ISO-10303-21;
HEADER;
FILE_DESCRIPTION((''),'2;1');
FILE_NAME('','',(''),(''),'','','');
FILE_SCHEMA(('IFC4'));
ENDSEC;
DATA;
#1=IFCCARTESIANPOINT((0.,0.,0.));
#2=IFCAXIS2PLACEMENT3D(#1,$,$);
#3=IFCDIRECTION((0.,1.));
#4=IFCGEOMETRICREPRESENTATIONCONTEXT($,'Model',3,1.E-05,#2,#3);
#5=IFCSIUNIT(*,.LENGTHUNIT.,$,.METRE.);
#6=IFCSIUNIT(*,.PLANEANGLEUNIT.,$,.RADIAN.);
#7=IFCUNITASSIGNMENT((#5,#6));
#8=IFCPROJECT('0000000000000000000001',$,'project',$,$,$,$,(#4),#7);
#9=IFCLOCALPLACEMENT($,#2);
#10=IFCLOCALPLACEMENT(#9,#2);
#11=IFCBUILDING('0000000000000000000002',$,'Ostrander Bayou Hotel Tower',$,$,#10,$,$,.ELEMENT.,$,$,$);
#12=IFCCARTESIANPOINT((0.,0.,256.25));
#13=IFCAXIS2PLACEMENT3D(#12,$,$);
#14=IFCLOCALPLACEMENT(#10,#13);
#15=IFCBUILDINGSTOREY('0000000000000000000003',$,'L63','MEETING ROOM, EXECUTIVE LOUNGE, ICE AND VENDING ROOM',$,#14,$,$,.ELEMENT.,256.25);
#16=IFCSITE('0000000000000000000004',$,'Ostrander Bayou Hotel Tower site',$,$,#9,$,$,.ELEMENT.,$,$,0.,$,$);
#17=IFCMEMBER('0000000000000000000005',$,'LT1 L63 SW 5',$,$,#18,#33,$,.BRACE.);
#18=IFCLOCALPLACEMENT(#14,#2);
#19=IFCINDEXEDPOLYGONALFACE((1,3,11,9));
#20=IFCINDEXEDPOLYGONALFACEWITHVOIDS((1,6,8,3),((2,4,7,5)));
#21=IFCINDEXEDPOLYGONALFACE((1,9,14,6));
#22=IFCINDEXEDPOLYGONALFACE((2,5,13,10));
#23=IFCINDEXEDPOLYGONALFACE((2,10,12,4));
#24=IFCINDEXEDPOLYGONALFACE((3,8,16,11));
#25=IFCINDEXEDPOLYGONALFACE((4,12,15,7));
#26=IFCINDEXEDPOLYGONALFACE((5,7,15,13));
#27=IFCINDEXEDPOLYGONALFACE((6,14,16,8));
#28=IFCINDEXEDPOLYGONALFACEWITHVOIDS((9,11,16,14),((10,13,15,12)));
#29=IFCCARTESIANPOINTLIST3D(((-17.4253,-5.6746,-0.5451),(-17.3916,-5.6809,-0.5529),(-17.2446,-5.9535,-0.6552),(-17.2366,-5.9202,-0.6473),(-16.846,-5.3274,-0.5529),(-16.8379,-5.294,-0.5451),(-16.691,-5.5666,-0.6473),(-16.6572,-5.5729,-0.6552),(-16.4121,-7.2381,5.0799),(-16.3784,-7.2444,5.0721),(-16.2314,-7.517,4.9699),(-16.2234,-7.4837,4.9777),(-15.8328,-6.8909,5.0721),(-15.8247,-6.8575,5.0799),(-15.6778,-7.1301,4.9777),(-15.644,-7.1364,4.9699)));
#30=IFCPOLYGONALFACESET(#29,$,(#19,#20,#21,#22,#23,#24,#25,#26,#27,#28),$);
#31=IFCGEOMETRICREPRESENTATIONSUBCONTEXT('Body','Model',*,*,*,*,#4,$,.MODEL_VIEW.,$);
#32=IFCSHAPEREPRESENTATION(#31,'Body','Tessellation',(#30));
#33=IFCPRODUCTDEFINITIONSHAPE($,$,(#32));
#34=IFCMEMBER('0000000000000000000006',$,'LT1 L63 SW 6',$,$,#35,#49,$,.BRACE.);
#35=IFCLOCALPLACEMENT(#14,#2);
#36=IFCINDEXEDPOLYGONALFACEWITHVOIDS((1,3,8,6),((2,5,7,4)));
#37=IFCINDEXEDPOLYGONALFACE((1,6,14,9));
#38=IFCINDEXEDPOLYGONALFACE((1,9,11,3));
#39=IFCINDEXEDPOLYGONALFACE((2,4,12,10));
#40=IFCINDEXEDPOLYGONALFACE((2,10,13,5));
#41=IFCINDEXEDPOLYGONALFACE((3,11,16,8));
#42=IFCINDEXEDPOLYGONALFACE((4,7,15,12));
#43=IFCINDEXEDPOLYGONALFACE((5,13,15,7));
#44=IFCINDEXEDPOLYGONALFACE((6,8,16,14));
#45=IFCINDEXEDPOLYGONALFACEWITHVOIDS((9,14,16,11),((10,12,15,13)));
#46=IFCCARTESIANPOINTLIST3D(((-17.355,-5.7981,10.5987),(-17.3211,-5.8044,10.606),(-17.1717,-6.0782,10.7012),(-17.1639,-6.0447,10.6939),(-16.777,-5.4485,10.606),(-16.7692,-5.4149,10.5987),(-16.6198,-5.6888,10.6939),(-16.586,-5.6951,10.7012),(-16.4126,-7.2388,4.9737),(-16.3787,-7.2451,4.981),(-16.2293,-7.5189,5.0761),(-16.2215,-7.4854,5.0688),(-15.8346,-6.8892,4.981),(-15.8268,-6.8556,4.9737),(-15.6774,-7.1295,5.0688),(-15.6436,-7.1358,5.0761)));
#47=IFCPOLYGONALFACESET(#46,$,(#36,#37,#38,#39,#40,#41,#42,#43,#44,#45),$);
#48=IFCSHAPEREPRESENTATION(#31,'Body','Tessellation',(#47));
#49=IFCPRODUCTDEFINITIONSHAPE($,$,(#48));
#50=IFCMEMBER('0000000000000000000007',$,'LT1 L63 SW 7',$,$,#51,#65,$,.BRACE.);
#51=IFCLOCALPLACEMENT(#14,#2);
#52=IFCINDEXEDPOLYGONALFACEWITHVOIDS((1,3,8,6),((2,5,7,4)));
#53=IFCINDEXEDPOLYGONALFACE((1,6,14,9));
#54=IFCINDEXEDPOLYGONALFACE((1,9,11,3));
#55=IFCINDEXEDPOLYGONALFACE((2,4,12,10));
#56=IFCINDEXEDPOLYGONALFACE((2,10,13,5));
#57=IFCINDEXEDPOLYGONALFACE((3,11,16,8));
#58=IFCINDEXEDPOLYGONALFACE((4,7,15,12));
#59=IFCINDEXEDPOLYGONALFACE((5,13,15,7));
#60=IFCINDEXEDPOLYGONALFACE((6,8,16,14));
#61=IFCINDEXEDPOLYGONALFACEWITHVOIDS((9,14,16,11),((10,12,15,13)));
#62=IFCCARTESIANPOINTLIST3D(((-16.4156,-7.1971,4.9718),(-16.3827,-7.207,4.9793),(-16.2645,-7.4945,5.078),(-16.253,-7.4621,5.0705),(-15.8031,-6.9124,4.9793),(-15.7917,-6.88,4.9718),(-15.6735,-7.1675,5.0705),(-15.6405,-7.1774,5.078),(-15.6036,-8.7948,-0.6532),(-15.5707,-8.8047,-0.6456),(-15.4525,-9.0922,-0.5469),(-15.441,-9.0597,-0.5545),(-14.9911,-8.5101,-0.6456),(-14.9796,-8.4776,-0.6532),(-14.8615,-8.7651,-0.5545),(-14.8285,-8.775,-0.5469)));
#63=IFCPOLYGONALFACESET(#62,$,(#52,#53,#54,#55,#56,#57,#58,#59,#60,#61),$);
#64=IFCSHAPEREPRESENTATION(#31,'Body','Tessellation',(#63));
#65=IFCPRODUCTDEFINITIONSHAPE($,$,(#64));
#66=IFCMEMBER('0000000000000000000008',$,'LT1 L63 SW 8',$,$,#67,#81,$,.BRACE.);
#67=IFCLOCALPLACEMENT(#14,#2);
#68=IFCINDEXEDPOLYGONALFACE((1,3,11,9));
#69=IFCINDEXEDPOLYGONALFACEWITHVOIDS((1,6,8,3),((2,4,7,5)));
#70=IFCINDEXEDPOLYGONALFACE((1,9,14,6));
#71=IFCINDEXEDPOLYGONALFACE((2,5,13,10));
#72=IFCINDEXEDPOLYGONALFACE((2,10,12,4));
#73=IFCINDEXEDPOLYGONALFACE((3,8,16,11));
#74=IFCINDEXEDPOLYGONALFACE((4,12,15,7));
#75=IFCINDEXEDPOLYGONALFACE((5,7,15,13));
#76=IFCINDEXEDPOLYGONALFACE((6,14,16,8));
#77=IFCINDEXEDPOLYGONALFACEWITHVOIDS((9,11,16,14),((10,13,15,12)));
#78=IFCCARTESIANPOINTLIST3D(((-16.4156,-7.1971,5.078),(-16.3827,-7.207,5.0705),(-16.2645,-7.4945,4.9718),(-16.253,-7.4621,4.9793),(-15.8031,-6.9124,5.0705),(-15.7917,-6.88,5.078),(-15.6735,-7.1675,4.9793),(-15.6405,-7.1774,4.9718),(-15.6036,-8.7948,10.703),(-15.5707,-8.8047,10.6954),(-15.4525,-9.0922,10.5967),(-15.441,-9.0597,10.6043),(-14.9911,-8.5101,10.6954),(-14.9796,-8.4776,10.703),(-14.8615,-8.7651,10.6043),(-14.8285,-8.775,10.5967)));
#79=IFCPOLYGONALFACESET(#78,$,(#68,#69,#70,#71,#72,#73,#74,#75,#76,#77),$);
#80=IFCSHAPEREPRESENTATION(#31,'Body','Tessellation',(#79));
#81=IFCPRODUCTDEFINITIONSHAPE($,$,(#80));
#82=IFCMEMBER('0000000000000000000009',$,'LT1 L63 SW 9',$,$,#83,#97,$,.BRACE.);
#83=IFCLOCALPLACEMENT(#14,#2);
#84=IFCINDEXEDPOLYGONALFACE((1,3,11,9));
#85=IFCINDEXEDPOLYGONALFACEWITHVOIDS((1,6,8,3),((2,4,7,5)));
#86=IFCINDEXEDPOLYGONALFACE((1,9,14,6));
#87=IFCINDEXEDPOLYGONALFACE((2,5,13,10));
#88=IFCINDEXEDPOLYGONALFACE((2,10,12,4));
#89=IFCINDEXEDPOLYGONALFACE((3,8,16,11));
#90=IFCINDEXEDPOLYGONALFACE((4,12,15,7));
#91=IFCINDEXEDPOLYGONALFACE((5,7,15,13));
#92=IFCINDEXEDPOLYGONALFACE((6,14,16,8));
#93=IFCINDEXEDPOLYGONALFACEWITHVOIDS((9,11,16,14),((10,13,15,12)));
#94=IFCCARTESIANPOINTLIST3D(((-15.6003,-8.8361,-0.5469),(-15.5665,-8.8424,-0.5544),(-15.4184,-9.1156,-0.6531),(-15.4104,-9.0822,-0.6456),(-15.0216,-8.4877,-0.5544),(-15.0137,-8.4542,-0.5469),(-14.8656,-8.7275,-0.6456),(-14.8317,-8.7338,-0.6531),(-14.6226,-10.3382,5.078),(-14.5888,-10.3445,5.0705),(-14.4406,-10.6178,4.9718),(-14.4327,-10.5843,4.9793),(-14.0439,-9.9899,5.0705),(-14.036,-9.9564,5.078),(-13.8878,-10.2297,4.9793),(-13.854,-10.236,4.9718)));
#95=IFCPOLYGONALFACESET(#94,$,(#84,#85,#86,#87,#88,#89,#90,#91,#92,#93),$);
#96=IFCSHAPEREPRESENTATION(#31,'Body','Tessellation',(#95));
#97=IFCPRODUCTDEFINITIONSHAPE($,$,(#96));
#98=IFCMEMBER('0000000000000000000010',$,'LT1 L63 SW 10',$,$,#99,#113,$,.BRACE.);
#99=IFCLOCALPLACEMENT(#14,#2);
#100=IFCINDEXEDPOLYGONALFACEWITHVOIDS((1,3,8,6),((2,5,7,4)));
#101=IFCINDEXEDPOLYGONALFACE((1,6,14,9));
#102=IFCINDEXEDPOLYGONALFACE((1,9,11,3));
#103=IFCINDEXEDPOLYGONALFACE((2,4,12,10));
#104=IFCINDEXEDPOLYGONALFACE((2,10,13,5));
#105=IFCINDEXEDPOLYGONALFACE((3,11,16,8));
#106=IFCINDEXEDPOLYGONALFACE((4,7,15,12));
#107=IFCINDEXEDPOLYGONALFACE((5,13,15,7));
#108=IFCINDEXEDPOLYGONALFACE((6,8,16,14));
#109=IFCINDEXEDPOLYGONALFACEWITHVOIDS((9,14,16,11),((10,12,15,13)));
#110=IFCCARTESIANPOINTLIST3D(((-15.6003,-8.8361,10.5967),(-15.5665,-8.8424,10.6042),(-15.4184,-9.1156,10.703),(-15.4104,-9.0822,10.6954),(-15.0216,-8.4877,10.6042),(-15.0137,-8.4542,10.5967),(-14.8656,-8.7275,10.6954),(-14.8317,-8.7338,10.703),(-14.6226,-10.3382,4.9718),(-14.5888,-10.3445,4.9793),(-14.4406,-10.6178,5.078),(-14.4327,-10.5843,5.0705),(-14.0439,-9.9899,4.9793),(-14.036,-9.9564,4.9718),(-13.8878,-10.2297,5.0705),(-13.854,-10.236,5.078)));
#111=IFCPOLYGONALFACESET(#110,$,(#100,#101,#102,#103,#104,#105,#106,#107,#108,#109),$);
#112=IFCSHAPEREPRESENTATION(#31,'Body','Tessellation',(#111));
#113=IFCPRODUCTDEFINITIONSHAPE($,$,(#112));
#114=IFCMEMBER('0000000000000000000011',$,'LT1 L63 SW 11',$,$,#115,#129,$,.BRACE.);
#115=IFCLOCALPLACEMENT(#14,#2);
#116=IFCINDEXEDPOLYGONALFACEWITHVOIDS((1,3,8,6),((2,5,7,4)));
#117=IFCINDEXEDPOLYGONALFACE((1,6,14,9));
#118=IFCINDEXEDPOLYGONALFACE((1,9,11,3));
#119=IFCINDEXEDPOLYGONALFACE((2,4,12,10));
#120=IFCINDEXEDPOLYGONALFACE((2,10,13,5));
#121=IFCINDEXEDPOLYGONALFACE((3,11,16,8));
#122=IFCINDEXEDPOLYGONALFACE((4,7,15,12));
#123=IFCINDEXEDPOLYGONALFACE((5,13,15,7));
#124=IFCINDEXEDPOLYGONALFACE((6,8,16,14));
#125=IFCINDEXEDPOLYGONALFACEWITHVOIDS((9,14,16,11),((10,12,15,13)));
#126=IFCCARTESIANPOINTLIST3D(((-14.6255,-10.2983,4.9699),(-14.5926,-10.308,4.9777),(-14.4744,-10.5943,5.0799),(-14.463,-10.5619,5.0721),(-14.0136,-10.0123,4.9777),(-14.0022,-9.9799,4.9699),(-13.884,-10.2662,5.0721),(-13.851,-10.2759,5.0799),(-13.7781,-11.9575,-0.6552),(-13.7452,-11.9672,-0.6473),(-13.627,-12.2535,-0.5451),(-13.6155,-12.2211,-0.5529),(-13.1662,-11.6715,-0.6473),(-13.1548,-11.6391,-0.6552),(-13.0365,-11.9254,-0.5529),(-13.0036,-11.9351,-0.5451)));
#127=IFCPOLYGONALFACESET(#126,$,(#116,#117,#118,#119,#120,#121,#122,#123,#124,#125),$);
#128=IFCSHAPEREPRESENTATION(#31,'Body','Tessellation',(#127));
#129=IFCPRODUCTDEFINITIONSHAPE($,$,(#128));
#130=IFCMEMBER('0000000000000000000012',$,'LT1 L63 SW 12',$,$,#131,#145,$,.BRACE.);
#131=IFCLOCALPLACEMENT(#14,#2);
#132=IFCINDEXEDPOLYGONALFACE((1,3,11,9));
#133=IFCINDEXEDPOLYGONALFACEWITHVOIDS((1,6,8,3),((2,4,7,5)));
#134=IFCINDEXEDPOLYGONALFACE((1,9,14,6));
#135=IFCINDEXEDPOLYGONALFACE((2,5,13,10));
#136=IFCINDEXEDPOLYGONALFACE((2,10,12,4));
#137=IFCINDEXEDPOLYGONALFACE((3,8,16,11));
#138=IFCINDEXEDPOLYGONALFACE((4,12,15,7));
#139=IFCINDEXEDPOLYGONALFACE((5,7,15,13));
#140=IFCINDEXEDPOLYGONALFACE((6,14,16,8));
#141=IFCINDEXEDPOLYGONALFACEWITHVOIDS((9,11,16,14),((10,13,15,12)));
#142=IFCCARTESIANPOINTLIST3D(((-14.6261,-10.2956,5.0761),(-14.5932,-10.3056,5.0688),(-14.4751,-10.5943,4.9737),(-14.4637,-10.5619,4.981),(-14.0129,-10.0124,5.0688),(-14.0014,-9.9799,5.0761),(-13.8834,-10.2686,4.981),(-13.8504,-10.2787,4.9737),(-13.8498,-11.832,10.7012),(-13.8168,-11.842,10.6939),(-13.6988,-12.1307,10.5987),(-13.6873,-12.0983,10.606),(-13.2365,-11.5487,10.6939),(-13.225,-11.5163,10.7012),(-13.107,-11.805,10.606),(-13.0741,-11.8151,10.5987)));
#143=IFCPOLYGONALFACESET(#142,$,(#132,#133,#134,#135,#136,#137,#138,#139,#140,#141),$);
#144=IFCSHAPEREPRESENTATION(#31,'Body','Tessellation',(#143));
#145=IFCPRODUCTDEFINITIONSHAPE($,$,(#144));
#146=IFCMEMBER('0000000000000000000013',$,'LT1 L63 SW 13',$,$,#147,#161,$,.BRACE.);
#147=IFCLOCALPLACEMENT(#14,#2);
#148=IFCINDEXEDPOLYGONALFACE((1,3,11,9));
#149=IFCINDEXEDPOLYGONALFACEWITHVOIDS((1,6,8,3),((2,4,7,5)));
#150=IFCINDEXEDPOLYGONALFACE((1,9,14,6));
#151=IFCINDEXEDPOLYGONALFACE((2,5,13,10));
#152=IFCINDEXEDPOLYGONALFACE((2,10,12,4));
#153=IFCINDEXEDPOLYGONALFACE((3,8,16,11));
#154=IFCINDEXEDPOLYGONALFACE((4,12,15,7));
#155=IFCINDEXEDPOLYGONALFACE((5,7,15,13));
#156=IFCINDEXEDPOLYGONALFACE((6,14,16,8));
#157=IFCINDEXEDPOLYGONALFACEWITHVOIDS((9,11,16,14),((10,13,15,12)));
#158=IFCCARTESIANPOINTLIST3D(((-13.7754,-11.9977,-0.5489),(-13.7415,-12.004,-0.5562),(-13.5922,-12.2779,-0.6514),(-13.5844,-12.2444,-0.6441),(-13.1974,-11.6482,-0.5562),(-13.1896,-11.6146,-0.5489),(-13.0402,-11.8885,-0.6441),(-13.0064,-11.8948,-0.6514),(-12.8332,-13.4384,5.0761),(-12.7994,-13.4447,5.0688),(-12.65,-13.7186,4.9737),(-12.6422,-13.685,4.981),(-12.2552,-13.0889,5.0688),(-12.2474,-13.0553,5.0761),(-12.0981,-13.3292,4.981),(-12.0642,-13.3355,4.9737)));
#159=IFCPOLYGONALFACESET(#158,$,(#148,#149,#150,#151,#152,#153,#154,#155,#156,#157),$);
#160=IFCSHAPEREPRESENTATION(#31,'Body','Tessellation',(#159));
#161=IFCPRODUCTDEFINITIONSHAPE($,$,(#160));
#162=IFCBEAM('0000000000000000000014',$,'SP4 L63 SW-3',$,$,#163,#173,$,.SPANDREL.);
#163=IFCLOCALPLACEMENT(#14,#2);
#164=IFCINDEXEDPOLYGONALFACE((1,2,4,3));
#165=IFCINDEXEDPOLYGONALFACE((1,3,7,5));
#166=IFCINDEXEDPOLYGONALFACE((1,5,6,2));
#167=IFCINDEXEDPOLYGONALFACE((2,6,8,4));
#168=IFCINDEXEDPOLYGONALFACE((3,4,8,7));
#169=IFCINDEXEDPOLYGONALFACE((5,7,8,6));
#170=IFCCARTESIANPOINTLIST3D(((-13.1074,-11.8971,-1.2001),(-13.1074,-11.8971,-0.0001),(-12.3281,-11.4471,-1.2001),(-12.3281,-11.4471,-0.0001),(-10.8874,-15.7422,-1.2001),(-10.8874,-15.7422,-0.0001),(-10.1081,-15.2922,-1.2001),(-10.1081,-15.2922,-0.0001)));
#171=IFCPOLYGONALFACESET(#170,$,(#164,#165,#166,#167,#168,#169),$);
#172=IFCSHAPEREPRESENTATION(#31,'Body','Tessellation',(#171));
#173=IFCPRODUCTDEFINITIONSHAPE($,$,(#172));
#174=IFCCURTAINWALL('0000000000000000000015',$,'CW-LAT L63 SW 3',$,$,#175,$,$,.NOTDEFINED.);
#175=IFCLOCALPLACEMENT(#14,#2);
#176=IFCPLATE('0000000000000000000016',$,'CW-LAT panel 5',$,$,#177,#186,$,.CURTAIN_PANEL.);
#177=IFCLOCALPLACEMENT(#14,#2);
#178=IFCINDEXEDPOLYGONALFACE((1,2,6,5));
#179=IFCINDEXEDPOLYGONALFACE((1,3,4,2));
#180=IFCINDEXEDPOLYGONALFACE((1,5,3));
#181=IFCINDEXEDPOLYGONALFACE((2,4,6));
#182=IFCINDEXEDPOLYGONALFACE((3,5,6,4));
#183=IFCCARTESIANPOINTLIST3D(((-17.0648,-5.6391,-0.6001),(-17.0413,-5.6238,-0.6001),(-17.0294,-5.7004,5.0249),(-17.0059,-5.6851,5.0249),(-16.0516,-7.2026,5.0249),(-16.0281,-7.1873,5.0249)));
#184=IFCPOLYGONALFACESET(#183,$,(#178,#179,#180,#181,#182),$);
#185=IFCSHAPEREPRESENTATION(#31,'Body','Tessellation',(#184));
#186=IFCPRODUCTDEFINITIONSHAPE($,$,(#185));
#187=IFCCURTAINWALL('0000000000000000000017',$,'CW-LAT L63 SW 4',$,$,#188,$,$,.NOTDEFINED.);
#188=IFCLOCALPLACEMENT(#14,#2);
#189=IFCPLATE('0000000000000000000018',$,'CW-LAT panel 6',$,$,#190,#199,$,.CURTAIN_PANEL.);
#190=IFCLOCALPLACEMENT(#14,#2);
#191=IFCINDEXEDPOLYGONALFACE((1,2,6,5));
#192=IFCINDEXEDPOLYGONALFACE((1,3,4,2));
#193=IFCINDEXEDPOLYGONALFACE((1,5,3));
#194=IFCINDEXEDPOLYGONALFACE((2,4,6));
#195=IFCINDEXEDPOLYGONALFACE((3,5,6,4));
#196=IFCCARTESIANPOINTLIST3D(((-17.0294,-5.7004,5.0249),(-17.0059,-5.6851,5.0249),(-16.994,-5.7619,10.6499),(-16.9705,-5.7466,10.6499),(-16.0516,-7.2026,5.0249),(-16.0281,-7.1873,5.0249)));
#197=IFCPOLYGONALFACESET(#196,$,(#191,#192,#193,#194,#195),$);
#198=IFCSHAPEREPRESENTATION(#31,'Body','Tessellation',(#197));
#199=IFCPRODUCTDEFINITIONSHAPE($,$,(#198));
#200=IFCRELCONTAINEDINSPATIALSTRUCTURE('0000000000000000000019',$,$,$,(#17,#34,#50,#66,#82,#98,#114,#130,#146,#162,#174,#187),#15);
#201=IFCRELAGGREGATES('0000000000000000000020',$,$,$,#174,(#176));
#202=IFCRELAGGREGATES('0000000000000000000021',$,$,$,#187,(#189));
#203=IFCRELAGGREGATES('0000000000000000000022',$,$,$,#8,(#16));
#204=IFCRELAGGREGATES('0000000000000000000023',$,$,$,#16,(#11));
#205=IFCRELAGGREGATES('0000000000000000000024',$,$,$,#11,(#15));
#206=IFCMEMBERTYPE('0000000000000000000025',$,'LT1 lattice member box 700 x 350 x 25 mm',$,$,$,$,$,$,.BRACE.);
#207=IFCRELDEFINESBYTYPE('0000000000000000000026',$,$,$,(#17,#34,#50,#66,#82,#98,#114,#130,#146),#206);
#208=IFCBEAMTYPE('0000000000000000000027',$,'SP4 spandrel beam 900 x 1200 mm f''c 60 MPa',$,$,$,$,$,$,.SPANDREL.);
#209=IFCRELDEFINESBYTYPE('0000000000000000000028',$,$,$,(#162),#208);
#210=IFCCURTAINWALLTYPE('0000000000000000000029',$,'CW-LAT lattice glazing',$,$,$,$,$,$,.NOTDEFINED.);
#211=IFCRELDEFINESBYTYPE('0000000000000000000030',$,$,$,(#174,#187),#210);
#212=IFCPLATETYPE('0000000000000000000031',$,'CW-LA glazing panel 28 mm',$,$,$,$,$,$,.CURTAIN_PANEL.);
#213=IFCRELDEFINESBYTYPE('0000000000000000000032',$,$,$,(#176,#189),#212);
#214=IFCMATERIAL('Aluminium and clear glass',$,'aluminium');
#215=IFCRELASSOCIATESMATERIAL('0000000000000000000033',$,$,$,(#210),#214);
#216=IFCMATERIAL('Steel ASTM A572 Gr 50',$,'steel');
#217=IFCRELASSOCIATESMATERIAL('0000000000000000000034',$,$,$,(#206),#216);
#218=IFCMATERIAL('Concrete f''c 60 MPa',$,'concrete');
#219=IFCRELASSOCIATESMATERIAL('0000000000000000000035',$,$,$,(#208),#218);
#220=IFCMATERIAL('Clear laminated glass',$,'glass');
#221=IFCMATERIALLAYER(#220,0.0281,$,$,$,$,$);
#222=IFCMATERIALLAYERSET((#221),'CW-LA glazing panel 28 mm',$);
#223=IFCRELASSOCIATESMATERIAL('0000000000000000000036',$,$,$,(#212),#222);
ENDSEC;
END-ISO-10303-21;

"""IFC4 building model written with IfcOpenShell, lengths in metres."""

from ifc_helpers import new_model, si_unit, direction, frame, origin, origin_2d, place, context, subcontext, project, spatial, polyline, rectangle, hollow_rectangle, outline, extrude, material, layer, layer_set, material_profile, profile_set, type_object, element, aggregate, save


model = new_model("IFC4")

# Units and contexts
model_context = context("Model", 3, precision=1e-05, world=origin(), true_north=direction((0.0, 1.0)))
body_context = subcontext(model_context, "Body", "Model", "MODEL_VIEW")
ifc_project = project(units=[si_unit("LENGTHUNIT", "METRE"), si_unit("PLANEANGLEUNIT", "RADIAN")], contexts=[model_context])

# Site, building, storey
site_placement = place(None, origin())
site = spatial("IfcSite", under=ifc_project, at=site_placement, Name="Ostrander Bayou Hotel Tower site", CompositionType="ELEMENT", RefElevation=0.0)
building_placement = place(site_placement, origin())
building = spatial("IfcBuilding", under=site, at=building_placement, Name="Ostrander Bayou Hotel Tower", CompositionType="ELEMENT")
storey_placement = place(building_placement, frame((0.0, 0.0, 256.25)))
storey = spatial("IfcBuildingStorey", under=building, at=storey_placement, Name="L63", Description="MEETING ROOM, EXECUTIVE LOUNGE, ICE AND VENDING ROOM", CompositionType="ELEMENT", Elevation=256.25)

# Shared definitions
ifc_material_1 = material(Name="Aluminium and clear glass", Category="aluminium")
curtain_wall_type = type_object("IfcCurtainWallType", Name="CW-LAT lattice glazing", PredefinedType="NOTDEFINED", material=ifc_material_1)

# Members
ifc_material_2 = material(Name="Steel ASTM A572 Gr 50", Category="steel")
ifc_material_profile_1 = material_profile(ifc_material_2, hollow_rectangle(XDim=0.7, YDim=0.3501, WallThickness=0.0249, at=origin_2d()))
ifc_profile_set_1 = profile_set([ifc_material_profile_1], Name="Steel ASTM A572 Gr 50")
member_type_1 = type_object("IfcMemberType", Name="LT1 lattice member box 700 x 350 x 25 mm", PredefinedType="BRACE", material=ifc_profile_set_1)
member_1_placement = place(storey_placement, frame((-16.0281, -7.1873, 5.0249), z_axis=(-0.170987, 0.263855, -0.949286), x_axis=(-0.839197, -0.543827, 0.0)))
element("IfcMember", 1, at=member_1_placement, inside=storey, type_object=member_type_1, Name="LT1 L63 SW 5", PredefinedType="BRACE", context=body_context, shape_type="SweptSolid", body=[
    extrude(hollow_rectangle(XDim=0.7, YDim=0.3501, WallThickness=0.0249, at=origin_2d()), origin(), (0.0, 0.0, 1.0), 5.9255),
])
member_2_placement = place(storey_placement, frame((-16.0281, -7.1873, 5.0249), z_axis=(-0.1602, 0.244907, 0.95622), x_axis=(-0.836862, -0.547414, 0.0)))
element("IfcMember", 2, at=member_2_placement, inside=storey, type_object=member_type_1, Name="LT1 L63 SW 6", PredefinedType="BRACE", context=body_context, shape_type="SweptSolid", body=[
    extrude(hollow_rectangle(XDim=0.7, YDim=0.3501, WallThickness=0.0249, at=origin_2d()), origin(), (0.0, 0.0, 1.0), 5.8826),
])
for number, where, z_axis, x_axis, name in (
    (3, (-16.0281, -7.1873, 5.0249), (0.137545, -0.270624, -0.952808), (0.891465, 0.453089, 0.0), "LT1 L63 SW 7"),
    (4, (-16.0281, -7.1873, 5.0249), (0.137545, -0.270624, 0.952808), (0.891465, 0.453089, 0.0), "LT1 L63 SW 8"),
    (5, (-14.2383, -10.2871, 5.0249), (-0.165623, 0.254452, -0.952798), (-0.838098, -0.54552, 0.0), "LT1 L63 SW 9"),
    (6, (-14.2383, -10.2871, 5.0249), (-0.165623, 0.254452, 0.952798), (-0.838098, -0.54552, 0.0), "LT1 L63 SW 10"),
):
    element("IfcMember", number, at=place(storey_placement, frame(where, z_axis=z_axis, x_axis=x_axis)), inside=storey, type_object=member_type_1, Name=name, PredefinedType="BRACE", context=body_context, shape_type="SweptSolid", body=[
        extrude(hollow_rectangle(XDim=0.7, YDim=0.3501, WallThickness=0.0249, at=origin_2d()), origin(), (0.0, 0.0, 1.0), 5.9036),
    ])
member_3_placement = place(storey_placement, frame((-14.2383, -10.2871, 5.0249), z_axis=(0.143011, -0.280006, -0.949286), x_axis=(0.890568, 0.45485, 0.0)))
element("IfcMember", 7, at=member_3_placement, inside=storey, type_object=member_type_1, Name="LT1 L63 SW 11", PredefinedType="BRACE", context=body_context, shape_type="SweptSolid", body=[
    extrude(hollow_rectangle(XDim=0.7, YDim=0.3501, WallThickness=0.0249, at=origin_2d()), origin(), (0.0, 0.0, 1.0), 5.9255),
])
for number, where, z_axis, x_axis, name in (
    (8, (-14.2383, -10.2871, 5.0249), (0.131979, -0.261177, 0.956226), (0.892519, 0.451011, 0.0), "LT1 L63 SW 12"),
    (9, (-12.4487, -13.387, 5.0249), (-0.16016, 0.244908, -0.956226), (-0.836927, -0.547314, 0.0), "LT1 L63 SW 13"),
):
    element("IfcMember", number, at=place(storey_placement, frame(where, z_axis=z_axis, x_axis=x_axis)), inside=storey, type_object=member_type_1, Name=name, PredefinedType="BRACE", context=body_context, shape_type="SweptSolid", body=[
        extrude(hollow_rectangle(XDim=0.7, YDim=0.3501, WallThickness=0.0249, at=origin_2d()), origin(), (0.0, 0.0, 1.0), 5.8826),
    ])

# Beam
ifc_material_3 = material(Name="Concrete f'c 60 MPa", Category="concrete")
ifc_material_profile_2 = material_profile(ifc_material_3, rectangle(XDim=0.8999, YDim=1.2, at=origin_2d()))
ifc_profile_set_2 = profile_set([ifc_material_profile_2], Name="Concrete f'c 60 MPa")
beam_type_1 = type_object("IfcBeamType", Name="SP4 spandrel beam 900 x 1200 mm f'c 60 MPa", PredefinedType="SPANDREL", material=ifc_profile_set_2)
beam_1_placement = place(storey_placement, frame((-12.7178, -11.6721, -0.6001), z_axis=(0.500013, -0.866018, 0.0), x_axis=(0.866018, 0.500013, 0.0)))
element("IfcBeam", 10, at=beam_1_placement, inside=storey, type_object=beam_type_1, Name="SP4 L63 SW-3", PredefinedType="SPANDREL", context=body_context, shape_type="SweptSolid", body=[
    extrude(rectangle(XDim=0.8999, YDim=1.2, at=origin_2d()), origin(), (0.0, 0.0, 1.0), 4.4399),
])

# Curtain walls, plates
curtain_wall_1_placement = place(storey_placement, origin())
curtain_wall_1 = element("IfcCurtainWall", 11, at=curtain_wall_1_placement, inside=storey, type_object=curtain_wall_type, Name="CW-LAT L63 SW 3", PredefinedType="NOTDEFINED")
ifc_material_4 = material(Name="Clear laminated glass", Category="glass")
ifc_layer_1 = layer(ifc_material_4, 0.0281)
ifc_layer_set_1 = layer_set([ifc_layer_1], Name="CW-LA glazing panel 28 mm")
plate_type = type_object("IfcPlateType", Name="CW-LA glazing panel 28 mm", PredefinedType="CURTAIN_PANEL", material=ifc_layer_set_1)
plate_1_placement = place(storey_placement, frame((-16.0281, -7.1873, 5.0249), z_axis=(0.838098, 0.54552, 0.000668), x_axis=(-0.170987, 0.263855, -0.949286)))
plate_1 = element("IfcPlate", 12, at=plate_1_placement, type_object=plate_type, Name="CW-LAT panel 5", PredefinedType="CURTAIN_PANEL", context=body_context, shape_type="SweptSolid", body=[
    extrude(outline(polyline([(0.0, 0.0), (5.9255, 0.0), (0.5636, 1.7015), (0.0, 0.0)])), origin(), (0.0, 0.0, -1.0), 0.0281),
])
curtain_wall_2_placement = place(storey_placement, origin())
curtain_wall_2 = element("IfcCurtainWall", 13, at=curtain_wall_2_placement, inside=storey, type_object=curtain_wall_type, Name="CW-LAT L63 SW 4", PredefinedType="NOTDEFINED")
plate_2_placement = place(storey_placement, frame((-16.0281, -7.1873, 5.0249), z_axis=(0.838098, 0.54552, 0.000692), x_axis=(-0.1602, 0.244907, 0.95622)))
plate_2 = element("IfcPlate", 14, at=plate_2_placement, type_object=plate_type, Name="CW-LAT panel 6", PredefinedType="CURTAIN_PANEL", context=body_context, shape_type="SweptSolid", body=[
    extrude(outline(polyline([(0.0, 0.0), (5.8825, 0.0), (0.5245, -1.7139), (0.0, 0.0)])), origin(), (0.0, 0.0, -1.0), 0.0281),
])

aggregate(curtain_wall_1, [plate_1])
aggregate(curtain_wall_2, [plate_2])

save(model, "model.ifc")
